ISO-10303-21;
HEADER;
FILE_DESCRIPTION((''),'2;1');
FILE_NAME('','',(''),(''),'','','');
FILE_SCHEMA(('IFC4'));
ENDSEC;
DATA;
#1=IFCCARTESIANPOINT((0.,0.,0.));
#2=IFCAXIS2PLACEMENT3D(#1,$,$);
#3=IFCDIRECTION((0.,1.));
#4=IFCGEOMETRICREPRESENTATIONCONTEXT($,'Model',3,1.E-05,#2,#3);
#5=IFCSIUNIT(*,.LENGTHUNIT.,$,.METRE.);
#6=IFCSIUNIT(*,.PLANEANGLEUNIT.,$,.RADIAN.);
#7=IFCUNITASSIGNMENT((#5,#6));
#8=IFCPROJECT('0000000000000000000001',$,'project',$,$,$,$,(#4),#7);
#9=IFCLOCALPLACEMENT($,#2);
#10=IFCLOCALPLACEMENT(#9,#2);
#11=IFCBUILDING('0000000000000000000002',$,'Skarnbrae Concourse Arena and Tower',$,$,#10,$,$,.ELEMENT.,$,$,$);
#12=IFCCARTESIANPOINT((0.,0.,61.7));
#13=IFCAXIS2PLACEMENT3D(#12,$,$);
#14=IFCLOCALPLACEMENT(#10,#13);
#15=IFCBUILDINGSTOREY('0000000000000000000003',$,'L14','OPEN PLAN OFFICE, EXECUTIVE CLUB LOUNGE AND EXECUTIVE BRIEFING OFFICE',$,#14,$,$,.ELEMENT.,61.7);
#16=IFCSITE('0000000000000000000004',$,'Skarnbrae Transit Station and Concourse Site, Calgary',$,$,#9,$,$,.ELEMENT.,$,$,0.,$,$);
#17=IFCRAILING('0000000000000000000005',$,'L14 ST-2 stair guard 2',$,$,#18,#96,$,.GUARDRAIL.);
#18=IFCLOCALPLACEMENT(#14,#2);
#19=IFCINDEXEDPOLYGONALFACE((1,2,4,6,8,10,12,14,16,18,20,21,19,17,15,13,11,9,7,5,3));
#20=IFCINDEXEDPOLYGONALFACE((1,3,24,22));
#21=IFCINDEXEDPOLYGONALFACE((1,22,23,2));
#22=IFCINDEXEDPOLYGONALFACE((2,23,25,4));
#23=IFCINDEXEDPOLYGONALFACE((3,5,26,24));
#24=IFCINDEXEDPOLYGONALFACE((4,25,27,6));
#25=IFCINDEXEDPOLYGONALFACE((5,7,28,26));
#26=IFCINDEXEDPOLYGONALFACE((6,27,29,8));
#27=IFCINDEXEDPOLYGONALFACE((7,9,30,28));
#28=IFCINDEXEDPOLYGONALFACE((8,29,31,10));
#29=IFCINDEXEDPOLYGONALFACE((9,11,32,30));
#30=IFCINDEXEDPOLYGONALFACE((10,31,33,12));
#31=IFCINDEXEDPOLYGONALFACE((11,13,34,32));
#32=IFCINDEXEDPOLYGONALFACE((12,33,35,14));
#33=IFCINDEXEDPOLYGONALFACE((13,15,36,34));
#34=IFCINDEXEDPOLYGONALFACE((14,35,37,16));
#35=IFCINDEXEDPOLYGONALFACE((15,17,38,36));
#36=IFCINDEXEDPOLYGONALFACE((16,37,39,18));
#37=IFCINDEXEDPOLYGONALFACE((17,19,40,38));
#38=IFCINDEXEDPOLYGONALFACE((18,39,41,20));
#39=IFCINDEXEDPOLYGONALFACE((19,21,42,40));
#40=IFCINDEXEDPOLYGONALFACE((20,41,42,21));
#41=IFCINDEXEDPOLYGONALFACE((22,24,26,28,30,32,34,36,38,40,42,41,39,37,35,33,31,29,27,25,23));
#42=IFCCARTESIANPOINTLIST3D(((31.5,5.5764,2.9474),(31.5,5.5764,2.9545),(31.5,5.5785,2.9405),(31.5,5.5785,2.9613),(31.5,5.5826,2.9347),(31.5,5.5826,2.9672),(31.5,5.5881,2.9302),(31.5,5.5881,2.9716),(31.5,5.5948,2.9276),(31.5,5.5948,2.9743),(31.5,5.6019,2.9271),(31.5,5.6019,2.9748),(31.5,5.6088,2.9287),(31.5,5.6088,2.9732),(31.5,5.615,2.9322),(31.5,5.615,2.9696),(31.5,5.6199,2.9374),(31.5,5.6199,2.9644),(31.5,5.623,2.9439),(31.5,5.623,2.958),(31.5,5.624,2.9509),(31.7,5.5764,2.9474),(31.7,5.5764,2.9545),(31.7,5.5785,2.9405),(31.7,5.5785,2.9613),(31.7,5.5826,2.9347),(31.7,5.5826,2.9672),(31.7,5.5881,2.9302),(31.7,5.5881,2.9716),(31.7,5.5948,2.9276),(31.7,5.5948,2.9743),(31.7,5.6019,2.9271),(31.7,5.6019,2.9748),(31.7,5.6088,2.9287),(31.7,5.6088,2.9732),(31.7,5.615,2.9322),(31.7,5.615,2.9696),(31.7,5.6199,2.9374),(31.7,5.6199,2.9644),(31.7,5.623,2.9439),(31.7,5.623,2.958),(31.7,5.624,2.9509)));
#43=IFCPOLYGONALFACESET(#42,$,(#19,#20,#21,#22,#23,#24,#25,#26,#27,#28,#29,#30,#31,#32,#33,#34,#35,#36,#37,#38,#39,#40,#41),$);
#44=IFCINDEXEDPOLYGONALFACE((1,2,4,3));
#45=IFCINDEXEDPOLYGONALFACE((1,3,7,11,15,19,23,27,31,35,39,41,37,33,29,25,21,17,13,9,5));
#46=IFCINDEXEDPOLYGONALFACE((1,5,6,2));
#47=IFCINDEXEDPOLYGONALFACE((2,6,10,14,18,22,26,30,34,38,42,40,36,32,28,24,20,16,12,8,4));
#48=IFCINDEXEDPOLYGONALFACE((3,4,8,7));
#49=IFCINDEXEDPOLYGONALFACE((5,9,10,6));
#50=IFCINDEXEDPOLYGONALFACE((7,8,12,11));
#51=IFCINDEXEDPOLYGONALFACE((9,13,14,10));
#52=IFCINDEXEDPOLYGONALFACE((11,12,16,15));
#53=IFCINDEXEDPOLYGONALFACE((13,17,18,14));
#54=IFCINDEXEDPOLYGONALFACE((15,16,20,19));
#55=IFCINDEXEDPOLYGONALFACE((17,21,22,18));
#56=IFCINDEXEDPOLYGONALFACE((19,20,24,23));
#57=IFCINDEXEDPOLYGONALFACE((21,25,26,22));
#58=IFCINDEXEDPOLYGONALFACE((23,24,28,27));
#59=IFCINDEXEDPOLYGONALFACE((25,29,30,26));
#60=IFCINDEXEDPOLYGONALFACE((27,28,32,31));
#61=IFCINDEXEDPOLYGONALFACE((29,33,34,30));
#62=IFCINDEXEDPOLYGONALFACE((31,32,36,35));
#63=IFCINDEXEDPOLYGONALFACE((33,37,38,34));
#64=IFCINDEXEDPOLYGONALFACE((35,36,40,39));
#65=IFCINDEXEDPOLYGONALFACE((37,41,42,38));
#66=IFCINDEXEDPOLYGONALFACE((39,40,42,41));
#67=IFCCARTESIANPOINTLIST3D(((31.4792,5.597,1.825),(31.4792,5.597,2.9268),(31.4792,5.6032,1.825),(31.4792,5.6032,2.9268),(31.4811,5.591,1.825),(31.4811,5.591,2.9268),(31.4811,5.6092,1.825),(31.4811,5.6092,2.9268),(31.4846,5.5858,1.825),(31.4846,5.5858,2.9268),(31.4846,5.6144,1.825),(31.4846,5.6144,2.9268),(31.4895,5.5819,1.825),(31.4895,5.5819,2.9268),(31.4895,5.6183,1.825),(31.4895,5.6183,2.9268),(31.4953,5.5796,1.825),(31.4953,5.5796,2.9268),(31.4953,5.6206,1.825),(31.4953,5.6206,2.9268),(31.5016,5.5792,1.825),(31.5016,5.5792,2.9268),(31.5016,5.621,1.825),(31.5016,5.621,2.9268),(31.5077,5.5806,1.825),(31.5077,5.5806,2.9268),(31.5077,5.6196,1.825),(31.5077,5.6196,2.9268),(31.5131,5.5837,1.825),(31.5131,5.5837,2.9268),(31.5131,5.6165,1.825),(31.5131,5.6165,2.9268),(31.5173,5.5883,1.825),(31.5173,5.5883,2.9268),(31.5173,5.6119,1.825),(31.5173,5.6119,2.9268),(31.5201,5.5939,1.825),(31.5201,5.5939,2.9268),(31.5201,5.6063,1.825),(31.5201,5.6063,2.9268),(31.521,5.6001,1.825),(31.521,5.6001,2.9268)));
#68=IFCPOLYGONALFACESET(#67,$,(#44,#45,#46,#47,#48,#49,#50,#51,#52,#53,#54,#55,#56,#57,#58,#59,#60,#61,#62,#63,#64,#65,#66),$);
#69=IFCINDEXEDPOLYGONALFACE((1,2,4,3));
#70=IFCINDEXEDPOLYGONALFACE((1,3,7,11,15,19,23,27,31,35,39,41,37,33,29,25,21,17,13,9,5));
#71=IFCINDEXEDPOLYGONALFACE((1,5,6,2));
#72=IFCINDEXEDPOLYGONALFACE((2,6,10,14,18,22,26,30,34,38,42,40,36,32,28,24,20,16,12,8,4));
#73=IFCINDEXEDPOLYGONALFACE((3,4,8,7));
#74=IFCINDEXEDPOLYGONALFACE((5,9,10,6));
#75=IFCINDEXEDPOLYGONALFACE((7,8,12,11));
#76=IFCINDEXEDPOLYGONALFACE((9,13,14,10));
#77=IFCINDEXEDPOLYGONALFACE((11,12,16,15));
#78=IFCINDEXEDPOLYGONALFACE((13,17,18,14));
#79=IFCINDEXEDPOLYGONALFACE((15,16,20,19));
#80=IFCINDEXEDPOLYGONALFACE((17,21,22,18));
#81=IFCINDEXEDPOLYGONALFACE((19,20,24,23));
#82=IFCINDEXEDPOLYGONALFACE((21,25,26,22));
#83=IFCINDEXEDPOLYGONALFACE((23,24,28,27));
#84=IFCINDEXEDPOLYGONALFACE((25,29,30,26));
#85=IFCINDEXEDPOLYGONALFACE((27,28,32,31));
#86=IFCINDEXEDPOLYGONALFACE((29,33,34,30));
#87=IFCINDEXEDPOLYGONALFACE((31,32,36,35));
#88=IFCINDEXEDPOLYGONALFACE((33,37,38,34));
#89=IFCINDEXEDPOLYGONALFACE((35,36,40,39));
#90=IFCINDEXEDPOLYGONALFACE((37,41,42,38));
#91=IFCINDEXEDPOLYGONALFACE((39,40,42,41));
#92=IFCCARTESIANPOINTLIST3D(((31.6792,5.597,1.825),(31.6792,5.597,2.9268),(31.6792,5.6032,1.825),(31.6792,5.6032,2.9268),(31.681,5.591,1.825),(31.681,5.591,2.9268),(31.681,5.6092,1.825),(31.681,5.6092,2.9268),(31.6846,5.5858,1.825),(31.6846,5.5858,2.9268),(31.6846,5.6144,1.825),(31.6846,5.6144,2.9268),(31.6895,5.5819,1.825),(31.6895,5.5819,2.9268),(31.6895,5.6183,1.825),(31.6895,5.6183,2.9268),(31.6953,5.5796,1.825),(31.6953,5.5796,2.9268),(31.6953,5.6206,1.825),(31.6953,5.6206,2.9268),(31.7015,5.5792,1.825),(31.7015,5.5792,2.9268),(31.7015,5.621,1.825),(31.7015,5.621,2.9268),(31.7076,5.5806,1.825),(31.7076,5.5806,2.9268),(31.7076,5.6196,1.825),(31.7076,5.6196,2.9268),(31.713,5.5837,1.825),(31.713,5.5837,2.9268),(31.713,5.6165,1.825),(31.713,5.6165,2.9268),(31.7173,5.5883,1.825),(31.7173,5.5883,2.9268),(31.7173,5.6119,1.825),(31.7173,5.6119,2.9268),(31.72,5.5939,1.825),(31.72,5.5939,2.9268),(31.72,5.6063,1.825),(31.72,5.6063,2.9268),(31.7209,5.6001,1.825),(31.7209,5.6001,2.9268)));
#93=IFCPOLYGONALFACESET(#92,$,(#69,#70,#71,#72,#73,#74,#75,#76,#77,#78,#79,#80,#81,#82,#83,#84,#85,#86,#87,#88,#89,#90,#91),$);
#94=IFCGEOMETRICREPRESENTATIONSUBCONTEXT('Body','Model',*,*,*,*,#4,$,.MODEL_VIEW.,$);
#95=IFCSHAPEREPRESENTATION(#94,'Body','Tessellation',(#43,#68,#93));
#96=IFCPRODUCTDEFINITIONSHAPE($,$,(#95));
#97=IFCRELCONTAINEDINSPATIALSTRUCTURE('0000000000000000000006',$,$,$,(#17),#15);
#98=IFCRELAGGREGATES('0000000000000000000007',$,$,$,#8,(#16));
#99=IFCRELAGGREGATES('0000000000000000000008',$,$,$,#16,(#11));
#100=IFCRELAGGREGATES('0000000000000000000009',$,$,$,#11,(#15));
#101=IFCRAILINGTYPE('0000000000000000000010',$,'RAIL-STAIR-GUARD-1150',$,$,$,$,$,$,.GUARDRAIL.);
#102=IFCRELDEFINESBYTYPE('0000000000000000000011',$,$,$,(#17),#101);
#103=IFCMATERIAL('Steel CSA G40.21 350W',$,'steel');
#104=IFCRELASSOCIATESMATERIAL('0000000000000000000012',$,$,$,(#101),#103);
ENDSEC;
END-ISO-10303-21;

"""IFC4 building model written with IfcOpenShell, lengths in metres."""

from ifc_helpers import new_model, si_unit, direction, frame, origin, origin_2d, place, context, subcontext, project, spatial, circle, extrude, material, type_object, element, save


model = new_model("IFC4")

# Units and contexts
model_context = context("Model", 3, precision=1e-05, world=origin(), true_north=direction((0.0, 1.0)))
body_context = subcontext(model_context, "Body", "Model", "MODEL_VIEW")
ifc_project = project(units=[si_unit("LENGTHUNIT", "METRE"), si_unit("PLANEANGLEUNIT", "RADIAN")], contexts=[model_context])

# Site, building, storey
site_placement = place(None, origin())
site = spatial("IfcSite", under=ifc_project, at=site_placement, Name="Skarnbrae Transit Station and Concourse Site, Calgary", CompositionType="ELEMENT", RefElevation=0.0)
building_placement = place(site_placement, origin())
building = spatial("IfcBuilding", under=site, at=building_placement, Name="Skarnbrae Concourse Arena and Tower", CompositionType="ELEMENT")
storey_placement = place(building_placement, frame((0.0, 0.0, 61.7)))
storey = spatial("IfcBuildingStorey", under=building, at=storey_placement, Name="L14", Description="OPEN PLAN OFFICE, EXECUTIVE CLUB LOUNGE AND EXECUTIVE BRIEFING OFFICE", CompositionType="ELEMENT", Elevation=61.7)

# Shared definitions
ifc_material_1 = material(Name="Steel CSA G40.21 350W", Category="steel")

# Railing
railing_type_1 = type_object("IfcRailingType", Name="RAIL-STAIR-GUARD-1150", PredefinedType="GUARDRAIL", material=ifc_material_1)
railing_1_placement = place(storey_placement, frame((31.5, 5.6001, 1.825)))
element("IfcRailing", 1, at=railing_1_placement, inside=storey, type_object=railing_type_1, Name="L14 ST-2 stair guard 2", PredefinedType="GUARDRAIL", context=body_context, shape_type="SweptSolid", body=[
    extrude(circle(Radius=0.0239, at=origin_2d()), frame((0.0, 0.0, 1.126), z_axis=(1.0, 0.0, 0.0), x_axis=(0.0, 1.0, 0.0)), (0.0, 0.0, 1.0), 0.2),
    extrude(circle(Radius=0.021, at=origin_2d()), origin(), (0.0, 0.0, 1.0), 1.1018),
    extrude(circle(Radius=0.021, at=origin_2d()), frame((0.2, 0.0, 0.0)), (0.0, 0.0, 1.0), 1.1018),
])

save(model, "model.ifc")
